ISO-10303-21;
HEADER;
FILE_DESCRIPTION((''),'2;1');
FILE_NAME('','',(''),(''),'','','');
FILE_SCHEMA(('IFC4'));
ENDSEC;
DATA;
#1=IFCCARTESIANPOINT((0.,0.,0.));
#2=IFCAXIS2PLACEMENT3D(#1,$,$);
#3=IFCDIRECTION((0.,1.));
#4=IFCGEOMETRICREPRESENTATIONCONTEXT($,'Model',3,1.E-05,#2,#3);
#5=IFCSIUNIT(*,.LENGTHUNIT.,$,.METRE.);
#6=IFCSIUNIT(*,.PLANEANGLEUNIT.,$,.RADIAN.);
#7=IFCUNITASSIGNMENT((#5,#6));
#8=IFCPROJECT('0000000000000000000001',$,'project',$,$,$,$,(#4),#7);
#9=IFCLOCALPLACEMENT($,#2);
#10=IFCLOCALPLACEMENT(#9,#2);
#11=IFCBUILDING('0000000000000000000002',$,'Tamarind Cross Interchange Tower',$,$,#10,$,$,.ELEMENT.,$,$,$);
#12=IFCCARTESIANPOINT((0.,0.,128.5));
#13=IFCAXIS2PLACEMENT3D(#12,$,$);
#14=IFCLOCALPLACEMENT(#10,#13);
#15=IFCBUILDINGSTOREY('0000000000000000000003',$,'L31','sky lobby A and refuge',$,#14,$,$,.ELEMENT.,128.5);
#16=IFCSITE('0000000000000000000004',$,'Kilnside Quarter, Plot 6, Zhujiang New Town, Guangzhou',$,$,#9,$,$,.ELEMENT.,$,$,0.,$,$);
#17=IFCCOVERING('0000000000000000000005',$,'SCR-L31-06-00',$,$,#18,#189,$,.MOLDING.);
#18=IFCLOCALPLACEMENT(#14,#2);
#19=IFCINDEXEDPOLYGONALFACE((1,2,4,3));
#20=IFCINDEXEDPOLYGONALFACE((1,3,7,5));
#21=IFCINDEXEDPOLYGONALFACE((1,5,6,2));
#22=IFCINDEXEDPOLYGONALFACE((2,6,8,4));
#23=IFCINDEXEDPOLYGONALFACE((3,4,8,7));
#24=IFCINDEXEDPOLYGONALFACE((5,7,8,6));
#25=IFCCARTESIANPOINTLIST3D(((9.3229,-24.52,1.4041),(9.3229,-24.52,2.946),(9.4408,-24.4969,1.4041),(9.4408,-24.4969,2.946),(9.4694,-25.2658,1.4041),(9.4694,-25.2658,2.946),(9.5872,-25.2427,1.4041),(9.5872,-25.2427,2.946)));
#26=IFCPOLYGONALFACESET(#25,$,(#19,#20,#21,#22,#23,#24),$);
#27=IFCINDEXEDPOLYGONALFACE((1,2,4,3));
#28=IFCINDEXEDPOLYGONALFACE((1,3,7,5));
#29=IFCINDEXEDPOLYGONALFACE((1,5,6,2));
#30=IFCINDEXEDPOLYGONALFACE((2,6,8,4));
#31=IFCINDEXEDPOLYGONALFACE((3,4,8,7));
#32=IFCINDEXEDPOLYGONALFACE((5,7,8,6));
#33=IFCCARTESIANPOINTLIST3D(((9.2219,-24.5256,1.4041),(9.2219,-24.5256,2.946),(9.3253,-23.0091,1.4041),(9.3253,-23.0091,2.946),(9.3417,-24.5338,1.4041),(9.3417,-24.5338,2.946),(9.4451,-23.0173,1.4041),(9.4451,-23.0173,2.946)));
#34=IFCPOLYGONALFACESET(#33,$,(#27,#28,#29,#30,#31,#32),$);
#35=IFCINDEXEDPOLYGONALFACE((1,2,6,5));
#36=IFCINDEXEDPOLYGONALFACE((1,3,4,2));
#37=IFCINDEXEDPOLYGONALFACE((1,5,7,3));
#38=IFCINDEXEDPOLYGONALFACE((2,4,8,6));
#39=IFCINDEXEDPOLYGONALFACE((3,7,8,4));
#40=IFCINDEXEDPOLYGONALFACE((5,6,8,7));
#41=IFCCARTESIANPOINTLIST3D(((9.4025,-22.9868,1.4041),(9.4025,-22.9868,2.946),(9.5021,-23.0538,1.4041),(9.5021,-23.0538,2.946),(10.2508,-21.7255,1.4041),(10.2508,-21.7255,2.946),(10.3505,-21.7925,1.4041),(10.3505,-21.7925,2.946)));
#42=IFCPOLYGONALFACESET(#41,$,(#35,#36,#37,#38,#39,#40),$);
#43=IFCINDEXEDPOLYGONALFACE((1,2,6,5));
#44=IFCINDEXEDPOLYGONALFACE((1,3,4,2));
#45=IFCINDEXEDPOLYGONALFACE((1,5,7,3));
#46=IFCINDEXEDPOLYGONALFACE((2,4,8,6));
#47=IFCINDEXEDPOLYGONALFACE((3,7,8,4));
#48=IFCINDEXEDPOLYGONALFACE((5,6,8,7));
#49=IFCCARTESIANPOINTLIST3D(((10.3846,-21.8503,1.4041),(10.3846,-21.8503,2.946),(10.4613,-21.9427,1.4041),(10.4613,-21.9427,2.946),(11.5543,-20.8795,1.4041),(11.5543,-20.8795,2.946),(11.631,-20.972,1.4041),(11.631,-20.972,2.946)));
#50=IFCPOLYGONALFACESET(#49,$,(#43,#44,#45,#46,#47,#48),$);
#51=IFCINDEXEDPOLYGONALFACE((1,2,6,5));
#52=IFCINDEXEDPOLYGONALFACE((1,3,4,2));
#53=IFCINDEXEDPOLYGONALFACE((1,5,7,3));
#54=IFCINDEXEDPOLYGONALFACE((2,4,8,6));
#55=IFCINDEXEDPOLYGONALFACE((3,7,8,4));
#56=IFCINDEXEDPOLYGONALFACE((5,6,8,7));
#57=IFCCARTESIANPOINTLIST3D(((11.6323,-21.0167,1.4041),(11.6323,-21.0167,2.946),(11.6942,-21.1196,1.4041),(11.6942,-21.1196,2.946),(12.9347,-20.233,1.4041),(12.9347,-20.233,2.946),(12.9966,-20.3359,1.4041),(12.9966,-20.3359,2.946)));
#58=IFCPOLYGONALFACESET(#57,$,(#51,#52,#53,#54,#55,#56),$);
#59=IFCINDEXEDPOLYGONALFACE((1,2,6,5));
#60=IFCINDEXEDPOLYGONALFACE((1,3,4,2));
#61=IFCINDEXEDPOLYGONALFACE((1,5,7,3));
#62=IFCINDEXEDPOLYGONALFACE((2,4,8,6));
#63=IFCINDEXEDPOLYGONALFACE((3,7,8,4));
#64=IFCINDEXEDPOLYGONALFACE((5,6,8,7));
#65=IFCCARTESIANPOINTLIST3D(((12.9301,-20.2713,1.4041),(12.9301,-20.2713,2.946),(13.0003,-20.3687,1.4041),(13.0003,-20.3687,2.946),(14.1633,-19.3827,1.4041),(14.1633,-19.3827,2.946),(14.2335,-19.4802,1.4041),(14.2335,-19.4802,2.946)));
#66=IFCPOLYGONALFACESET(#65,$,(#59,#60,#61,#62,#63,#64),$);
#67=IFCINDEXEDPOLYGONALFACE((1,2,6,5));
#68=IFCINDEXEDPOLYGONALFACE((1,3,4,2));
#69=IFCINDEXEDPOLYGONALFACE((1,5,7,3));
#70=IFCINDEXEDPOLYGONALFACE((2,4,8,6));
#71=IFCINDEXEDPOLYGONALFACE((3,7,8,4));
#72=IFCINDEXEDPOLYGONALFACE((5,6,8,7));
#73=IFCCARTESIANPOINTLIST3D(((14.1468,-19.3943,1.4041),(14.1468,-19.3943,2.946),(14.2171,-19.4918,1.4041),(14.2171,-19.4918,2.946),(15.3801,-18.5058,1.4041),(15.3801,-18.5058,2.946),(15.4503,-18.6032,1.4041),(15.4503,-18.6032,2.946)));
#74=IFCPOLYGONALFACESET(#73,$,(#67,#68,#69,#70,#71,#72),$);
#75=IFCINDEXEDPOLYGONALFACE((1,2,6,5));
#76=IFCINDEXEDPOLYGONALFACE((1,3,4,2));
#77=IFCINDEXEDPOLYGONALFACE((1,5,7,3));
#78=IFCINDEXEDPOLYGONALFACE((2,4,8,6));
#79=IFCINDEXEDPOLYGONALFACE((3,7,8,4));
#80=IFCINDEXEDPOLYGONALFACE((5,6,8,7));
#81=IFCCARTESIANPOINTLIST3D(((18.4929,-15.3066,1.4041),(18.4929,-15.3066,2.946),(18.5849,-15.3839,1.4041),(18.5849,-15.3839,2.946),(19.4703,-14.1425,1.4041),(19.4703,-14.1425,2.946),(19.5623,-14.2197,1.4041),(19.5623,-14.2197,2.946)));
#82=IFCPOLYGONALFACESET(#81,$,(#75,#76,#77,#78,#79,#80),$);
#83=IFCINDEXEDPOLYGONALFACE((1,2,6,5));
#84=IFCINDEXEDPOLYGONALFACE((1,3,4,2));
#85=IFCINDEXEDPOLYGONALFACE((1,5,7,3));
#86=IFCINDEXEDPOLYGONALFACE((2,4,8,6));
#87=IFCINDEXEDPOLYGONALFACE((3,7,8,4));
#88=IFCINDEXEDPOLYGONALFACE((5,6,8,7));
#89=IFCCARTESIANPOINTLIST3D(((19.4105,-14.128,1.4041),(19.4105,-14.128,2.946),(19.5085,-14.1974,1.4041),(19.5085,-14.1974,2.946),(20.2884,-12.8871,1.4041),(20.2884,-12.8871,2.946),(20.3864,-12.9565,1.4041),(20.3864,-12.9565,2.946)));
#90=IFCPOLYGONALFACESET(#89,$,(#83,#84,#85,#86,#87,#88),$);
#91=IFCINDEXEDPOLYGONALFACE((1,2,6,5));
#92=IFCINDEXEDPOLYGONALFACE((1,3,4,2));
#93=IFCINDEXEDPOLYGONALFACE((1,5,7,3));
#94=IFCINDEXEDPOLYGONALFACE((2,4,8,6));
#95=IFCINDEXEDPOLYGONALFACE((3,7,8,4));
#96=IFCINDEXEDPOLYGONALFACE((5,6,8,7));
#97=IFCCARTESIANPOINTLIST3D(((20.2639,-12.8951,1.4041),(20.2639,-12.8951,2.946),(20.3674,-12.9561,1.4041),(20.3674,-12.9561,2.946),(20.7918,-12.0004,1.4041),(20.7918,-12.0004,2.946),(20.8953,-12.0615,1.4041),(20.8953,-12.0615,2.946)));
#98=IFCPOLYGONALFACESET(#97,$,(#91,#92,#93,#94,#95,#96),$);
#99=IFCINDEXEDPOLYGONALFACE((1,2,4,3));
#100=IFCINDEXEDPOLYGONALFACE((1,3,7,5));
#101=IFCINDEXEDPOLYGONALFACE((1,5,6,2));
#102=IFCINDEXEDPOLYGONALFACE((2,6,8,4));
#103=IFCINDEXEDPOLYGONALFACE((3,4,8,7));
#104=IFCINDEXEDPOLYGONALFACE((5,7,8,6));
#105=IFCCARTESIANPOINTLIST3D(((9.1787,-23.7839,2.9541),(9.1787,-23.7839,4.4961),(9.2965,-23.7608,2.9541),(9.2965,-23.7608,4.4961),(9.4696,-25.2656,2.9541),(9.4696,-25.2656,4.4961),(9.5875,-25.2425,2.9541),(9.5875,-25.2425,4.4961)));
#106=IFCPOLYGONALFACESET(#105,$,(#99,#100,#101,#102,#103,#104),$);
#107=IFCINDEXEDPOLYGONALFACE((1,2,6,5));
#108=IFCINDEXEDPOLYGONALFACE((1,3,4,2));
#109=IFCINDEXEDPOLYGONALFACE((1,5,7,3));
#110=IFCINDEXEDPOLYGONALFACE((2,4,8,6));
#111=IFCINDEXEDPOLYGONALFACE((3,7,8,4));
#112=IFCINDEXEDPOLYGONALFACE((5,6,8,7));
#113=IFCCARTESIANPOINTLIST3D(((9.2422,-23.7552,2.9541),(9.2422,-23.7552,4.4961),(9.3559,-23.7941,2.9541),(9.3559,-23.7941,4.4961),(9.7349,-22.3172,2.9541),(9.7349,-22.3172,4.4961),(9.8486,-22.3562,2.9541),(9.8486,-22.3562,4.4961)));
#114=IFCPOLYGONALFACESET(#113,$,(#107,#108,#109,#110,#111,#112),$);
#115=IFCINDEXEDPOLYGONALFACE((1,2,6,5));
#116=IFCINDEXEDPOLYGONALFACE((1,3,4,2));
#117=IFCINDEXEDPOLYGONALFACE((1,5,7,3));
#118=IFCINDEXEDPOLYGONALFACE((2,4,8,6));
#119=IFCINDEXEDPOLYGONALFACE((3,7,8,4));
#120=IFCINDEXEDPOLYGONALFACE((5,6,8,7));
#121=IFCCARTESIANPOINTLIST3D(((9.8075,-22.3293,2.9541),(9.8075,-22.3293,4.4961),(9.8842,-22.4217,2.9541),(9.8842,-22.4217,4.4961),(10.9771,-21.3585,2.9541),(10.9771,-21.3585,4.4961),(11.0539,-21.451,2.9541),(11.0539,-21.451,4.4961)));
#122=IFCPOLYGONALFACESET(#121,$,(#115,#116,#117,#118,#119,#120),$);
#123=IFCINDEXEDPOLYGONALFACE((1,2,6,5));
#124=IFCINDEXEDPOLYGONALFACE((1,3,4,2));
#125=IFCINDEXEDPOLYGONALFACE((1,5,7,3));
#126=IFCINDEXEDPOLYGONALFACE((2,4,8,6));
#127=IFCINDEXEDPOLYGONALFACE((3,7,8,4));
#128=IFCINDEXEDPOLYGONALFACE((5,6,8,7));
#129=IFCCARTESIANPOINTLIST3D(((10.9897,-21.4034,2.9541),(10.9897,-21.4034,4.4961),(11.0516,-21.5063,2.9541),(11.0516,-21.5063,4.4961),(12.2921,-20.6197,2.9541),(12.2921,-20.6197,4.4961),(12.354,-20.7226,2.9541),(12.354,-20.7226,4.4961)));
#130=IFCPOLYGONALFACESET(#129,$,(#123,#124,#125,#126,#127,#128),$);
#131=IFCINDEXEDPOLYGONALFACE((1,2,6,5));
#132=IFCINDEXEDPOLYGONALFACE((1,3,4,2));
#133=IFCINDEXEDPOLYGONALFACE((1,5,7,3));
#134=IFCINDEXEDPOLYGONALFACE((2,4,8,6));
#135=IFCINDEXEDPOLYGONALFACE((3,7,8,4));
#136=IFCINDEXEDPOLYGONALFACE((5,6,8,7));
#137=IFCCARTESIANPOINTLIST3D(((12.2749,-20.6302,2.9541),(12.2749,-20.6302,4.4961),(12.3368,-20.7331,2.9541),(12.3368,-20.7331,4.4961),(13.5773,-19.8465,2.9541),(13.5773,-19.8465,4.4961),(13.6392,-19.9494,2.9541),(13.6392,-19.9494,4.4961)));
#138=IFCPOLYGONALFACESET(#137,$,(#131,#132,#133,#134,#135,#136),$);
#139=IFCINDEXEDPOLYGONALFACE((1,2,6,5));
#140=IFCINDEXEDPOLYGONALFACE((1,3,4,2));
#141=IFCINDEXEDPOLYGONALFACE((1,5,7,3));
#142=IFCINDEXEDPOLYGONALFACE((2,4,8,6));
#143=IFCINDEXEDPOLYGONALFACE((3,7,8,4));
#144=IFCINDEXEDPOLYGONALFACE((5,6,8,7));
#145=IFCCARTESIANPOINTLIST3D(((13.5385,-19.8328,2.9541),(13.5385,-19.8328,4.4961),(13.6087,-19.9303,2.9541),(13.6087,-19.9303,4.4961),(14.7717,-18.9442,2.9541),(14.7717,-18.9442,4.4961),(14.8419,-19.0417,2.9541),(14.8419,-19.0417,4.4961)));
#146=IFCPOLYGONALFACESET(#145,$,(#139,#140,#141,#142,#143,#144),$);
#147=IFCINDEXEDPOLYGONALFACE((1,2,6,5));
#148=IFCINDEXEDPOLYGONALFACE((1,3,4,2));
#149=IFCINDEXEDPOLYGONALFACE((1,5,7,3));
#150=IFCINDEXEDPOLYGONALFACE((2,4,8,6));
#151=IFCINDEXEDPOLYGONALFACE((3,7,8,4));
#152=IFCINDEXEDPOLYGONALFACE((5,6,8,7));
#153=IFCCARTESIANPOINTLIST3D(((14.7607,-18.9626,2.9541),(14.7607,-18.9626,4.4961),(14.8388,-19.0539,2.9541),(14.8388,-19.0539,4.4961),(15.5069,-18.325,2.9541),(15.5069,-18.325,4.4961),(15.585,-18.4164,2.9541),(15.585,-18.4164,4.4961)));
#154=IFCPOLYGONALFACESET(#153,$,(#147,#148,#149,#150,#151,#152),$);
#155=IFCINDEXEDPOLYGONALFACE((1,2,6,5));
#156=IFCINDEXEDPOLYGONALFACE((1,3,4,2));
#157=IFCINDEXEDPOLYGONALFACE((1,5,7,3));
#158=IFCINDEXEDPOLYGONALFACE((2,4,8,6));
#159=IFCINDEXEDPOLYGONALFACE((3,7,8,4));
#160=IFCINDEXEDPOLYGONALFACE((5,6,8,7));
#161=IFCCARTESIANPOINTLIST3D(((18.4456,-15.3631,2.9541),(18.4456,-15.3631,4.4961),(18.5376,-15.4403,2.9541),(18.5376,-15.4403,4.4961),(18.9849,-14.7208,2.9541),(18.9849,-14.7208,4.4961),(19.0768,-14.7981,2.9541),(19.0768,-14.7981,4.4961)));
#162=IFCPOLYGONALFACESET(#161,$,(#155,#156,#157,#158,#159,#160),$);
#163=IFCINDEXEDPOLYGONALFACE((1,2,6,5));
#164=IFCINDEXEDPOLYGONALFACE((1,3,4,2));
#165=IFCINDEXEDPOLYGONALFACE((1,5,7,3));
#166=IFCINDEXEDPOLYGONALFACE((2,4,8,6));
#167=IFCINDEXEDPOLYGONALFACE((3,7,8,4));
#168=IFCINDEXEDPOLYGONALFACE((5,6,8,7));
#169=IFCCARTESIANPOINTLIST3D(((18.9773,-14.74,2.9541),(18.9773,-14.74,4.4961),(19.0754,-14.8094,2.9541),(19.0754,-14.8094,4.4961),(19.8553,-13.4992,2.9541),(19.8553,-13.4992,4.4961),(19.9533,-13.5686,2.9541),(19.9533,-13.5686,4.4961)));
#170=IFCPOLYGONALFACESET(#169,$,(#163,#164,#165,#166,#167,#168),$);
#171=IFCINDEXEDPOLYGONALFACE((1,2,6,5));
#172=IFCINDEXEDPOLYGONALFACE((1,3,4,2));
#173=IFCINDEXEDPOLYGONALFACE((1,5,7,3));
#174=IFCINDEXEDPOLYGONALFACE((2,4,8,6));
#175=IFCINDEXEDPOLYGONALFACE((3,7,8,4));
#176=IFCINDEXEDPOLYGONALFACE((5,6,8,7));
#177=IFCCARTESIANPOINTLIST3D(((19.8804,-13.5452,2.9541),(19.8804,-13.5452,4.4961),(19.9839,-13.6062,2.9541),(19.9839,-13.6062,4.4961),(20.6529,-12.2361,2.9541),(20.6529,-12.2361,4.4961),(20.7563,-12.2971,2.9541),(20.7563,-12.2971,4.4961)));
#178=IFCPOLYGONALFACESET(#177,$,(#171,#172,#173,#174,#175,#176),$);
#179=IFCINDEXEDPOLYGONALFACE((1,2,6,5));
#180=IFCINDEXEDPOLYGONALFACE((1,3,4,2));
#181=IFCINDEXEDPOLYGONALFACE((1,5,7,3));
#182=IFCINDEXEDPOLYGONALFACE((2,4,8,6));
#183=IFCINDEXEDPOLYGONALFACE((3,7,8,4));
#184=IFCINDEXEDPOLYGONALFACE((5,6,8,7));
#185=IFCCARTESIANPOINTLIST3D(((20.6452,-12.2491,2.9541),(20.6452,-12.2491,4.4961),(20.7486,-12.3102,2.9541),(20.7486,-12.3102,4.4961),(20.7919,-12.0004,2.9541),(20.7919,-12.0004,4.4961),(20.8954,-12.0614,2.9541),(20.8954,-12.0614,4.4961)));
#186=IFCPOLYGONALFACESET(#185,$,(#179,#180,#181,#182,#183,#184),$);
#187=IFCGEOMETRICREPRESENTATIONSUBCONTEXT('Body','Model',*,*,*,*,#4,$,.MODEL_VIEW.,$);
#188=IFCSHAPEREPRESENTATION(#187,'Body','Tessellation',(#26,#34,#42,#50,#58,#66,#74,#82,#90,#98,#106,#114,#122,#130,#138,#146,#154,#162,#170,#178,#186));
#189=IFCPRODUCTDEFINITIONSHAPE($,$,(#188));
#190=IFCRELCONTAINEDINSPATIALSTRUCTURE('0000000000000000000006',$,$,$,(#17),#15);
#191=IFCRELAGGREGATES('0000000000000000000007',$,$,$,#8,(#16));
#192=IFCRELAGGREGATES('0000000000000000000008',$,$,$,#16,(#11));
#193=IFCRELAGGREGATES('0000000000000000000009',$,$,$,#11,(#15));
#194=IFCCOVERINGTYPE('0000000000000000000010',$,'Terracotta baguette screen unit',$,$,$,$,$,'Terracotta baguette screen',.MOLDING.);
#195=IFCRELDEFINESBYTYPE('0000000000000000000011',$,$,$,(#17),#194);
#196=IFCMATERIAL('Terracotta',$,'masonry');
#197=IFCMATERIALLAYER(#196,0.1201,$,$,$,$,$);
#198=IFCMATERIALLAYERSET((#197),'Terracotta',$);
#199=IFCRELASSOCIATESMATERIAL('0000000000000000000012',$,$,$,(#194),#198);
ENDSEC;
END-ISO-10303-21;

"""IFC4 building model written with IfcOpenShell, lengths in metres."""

from ifc_helpers import new_model, si_unit, direction, frame, origin, origin_2d, place, context, subcontext, project, spatial, rectangle, extrude, material, layer, layer_set, type_object, element, save


model = new_model("IFC4")

# Units and contexts
model_context = context("Model", 3, precision=1e-05, world=origin(), true_north=direction((0.0, 1.0)))
body_context = subcontext(model_context, "Body", "Model", "MODEL_VIEW")
ifc_project = project(units=[si_unit("LENGTHUNIT", "METRE"), si_unit("PLANEANGLEUNIT", "RADIAN")], contexts=[model_context])

# Site, building, storey
site_placement = place(None, origin())
site = spatial("IfcSite", under=ifc_project, at=site_placement, Name="Kilnside Quarter, Plot 6, Zhujiang New Town, Guangzhou", CompositionType="ELEMENT", RefElevation=0.0)
building_placement = place(site_placement, origin())
building = spatial("IfcBuilding", under=site, at=building_placement, Name="Tamarind Cross Interchange Tower", CompositionType="ELEMENT")
storey_placement = place(building_placement, frame((0.0, 0.0, 128.5)))
storey = spatial("IfcBuildingStorey", under=building, at=storey_placement, Name="L31", Description="sky lobby A and refuge", CompositionType="ELEMENT", Elevation=128.5)

# Covering
ifc_material_1 = material(Name="Terracotta", Category="masonry")
ifc_layer_1 = layer(ifc_material_1, 0.1201)
ifc_layer_set_1 = layer_set([ifc_layer_1], Name="Terracotta")
covering_type = type_object("IfcCoveringType", Name="Terracotta baguette screen unit", ElementType="Terracotta baguette screen", PredefinedType="MOLDING", material=ifc_layer_set_1)
covering_1_placement = place(storey_placement, origin())
element("IfcCovering", 1, at=covering_1_placement, inside=storey, type_object=covering_type, Name="SCR-L31-06-00", PredefinedType="MOLDING", context=body_context, shape_type="SweptSolid", body=[
    extrude(rectangle(XDim=0.76, YDim=0.1201, at=origin_2d()), frame((9.4551, -24.8813, 1.4041), z_axis=(0.0, 0.0, 1.0), x_axis=(-0.192672, 0.981263, 0.0)), (0.0, 0.0, 1.0), 1.542),
    extrude(rectangle(XDim=1.52, YDim=0.1201, at=origin_2d()), frame((9.3335, -23.7715, 1.4041), z_axis=(0.0, 0.0, 1.0), x_axis=(0.068058, 0.997681, 0.0)), (0.0, 0.0, 1.0), 1.542),
    extrude(rectangle(XDim=1.52, YDim=0.1201, at=origin_2d()), frame((9.8765, -22.3896, 1.4041), z_axis=(0.0, 0.0, 1.0), x_axis=(0.558106, 0.82977, 0.0)), (0.0, 0.0, 1.0), 1.542),
    extrude(rectangle(XDim=1.52, YDim=0.1201, at=origin_2d()), frame((11.0078, -21.4111, 1.4041), z_axis=(0.0, 0.0, 1.0), x_axis=(0.769506, 0.63864, 0.0)), (0.0, 0.0, 1.0), 1.542),
    extrude(rectangle(XDim=1.52, YDim=0.1201, at=origin_2d()), frame((12.3145, -20.6763, 1.4041), z_axis=(0.0, 0.0, 1.0), x_axis=(0.856843, 0.515577, 0.0)), (0.0, 0.0, 1.0), 1.542),
    extrude(rectangle(XDim=1.52, YDim=0.1201, at=origin_2d()), frame((13.5818, -19.8757, 1.4041), z_axis=(0.0, 0.0, 1.0), x_axis=(0.81134, 0.584574, 0.0)), (0.0, 0.0, 1.0), 1.542),
    extrude(rectangle(XDim=1.52, YDim=0.1201, at=origin_2d()), frame((14.7986, -18.9988, 1.4041), z_axis=(0.0, 0.0, 1.0), x_axis=(0.81134, 0.584574, 0.0)), (0.0, 0.0, 1.0), 1.542),
    extrude(rectangle(XDim=1.52, YDim=0.1201, at=origin_2d()), frame((19.0276, -14.7632, 1.4041), z_axis=(0.0, 0.0, 1.0), x_axis=(0.643009, 0.765858, 0.0)), (0.0, 0.0, 1.0), 1.542),
    extrude(rectangle(XDim=1.52, YDim=0.1201, at=origin_2d()), frame((19.8984, -13.5422, 1.4041), z_axis=(0.0, 0.0, 1.0), x_axis=(0.577569, 0.816342, 0.0)), (0.0, 0.0, 1.0), 1.542),
    extrude(rectangle(XDim=1.0388, YDim=0.1201, at=origin_2d()), frame((20.5796, -12.4783, 1.4041), z_axis=(0.0, 0.0, 1.0), x_axis=(0.508183, 0.861249, 0.0)), (0.0, 0.0, 1.0), 1.542),
    extrude(rectangle(XDim=1.51, YDim=0.1201, at=origin_2d()), frame((9.3831, -24.5132, 2.9541), z_axis=(0.0, 0.0, 1.0), x_axis=(-0.192672, 0.981263, 0.0)), (0.0, 0.0, 1.0), 1.542),
    extrude(rectangle(XDim=1.52, YDim=0.1201, at=origin_2d()), frame((9.5454, -23.0557, 2.9541), z_axis=(0.0, 0.0, 1.0), x_axis=(0.324143, 0.946008, 0.0)), (0.0, 0.0, 1.0), 1.542),
    extrude(rectangle(XDim=1.52, YDim=0.1201, at=origin_2d()), frame((10.4307, -21.8901, 2.9541), z_axis=(0.0, 0.0, 1.0), x_axis=(0.769506, 0.63864, 0.0)), (0.0, 0.0, 1.0), 1.542),
    extrude(rectangle(XDim=1.52, YDim=0.1201, at=origin_2d()), frame((11.6719, -21.063, 2.9541), z_axis=(0.0, 0.0, 1.0), x_axis=(0.856843, 0.515577, 0.0)), (0.0, 0.0, 1.0), 1.542),
    extrude(rectangle(XDim=1.52, YDim=0.1201, at=origin_2d()), frame((12.957, -20.2898, 2.9541), z_axis=(0.0, 0.0, 1.0), x_axis=(0.856843, 0.515577, 0.0)), (0.0, 0.0, 1.0), 1.542),
    extrude(rectangle(XDim=1.52, YDim=0.1201, at=origin_2d()), frame((14.1902, -19.4373, 2.9541), z_axis=(0.0, 0.0, 1.0), x_axis=(0.81134, 0.584574, 0.0)), (0.0, 0.0, 1.0), 1.542),
    extrude(rectangle(XDim=0.9814, YDim=0.1201, at=origin_2d()), frame((15.1729, -18.6895, 2.9541), z_axis=(0.0, 0.0, 1.0), x_axis=(0.760296, 0.649577, 0.0)), (0.0, 0.0, 1.0), 1.542),
    extrude(rectangle(XDim=0.8386, YDim=0.1201, at=origin_2d()), frame((18.7612, -15.0806, 2.9541), z_axis=(0.0, 0.0, 1.0), x_axis=(0.643009, 0.765858, 0.0)), (0.0, 0.0, 1.0), 1.542),
    extrude(rectangle(XDim=1.52, YDim=0.1201, at=origin_2d()), frame((19.4653, -14.1543, 2.9541), z_axis=(0.0, 0.0, 1.0), x_axis=(0.577569, 0.816342, 0.0)), (0.0, 0.0, 1.0), 1.542),
    extrude(rectangle(XDim=1.52, YDim=0.1201, at=origin_2d()), frame((20.3184, -12.9211, 2.9541), z_axis=(0.0, 0.0, 1.0), x_axis=(0.508183, 0.861249, 0.0)), (0.0, 0.0, 1.0), 1.542),
    extrude(rectangle(XDim=0.2888, YDim=0.1201, at=origin_2d()), frame((20.7703, -12.1553, 2.9541), z_axis=(0.0, 0.0, 1.0), x_axis=(0.508183, 0.861249, 0.0)), (0.0, 0.0, 1.0), 1.542),
])

save(model, "model.ifc")
